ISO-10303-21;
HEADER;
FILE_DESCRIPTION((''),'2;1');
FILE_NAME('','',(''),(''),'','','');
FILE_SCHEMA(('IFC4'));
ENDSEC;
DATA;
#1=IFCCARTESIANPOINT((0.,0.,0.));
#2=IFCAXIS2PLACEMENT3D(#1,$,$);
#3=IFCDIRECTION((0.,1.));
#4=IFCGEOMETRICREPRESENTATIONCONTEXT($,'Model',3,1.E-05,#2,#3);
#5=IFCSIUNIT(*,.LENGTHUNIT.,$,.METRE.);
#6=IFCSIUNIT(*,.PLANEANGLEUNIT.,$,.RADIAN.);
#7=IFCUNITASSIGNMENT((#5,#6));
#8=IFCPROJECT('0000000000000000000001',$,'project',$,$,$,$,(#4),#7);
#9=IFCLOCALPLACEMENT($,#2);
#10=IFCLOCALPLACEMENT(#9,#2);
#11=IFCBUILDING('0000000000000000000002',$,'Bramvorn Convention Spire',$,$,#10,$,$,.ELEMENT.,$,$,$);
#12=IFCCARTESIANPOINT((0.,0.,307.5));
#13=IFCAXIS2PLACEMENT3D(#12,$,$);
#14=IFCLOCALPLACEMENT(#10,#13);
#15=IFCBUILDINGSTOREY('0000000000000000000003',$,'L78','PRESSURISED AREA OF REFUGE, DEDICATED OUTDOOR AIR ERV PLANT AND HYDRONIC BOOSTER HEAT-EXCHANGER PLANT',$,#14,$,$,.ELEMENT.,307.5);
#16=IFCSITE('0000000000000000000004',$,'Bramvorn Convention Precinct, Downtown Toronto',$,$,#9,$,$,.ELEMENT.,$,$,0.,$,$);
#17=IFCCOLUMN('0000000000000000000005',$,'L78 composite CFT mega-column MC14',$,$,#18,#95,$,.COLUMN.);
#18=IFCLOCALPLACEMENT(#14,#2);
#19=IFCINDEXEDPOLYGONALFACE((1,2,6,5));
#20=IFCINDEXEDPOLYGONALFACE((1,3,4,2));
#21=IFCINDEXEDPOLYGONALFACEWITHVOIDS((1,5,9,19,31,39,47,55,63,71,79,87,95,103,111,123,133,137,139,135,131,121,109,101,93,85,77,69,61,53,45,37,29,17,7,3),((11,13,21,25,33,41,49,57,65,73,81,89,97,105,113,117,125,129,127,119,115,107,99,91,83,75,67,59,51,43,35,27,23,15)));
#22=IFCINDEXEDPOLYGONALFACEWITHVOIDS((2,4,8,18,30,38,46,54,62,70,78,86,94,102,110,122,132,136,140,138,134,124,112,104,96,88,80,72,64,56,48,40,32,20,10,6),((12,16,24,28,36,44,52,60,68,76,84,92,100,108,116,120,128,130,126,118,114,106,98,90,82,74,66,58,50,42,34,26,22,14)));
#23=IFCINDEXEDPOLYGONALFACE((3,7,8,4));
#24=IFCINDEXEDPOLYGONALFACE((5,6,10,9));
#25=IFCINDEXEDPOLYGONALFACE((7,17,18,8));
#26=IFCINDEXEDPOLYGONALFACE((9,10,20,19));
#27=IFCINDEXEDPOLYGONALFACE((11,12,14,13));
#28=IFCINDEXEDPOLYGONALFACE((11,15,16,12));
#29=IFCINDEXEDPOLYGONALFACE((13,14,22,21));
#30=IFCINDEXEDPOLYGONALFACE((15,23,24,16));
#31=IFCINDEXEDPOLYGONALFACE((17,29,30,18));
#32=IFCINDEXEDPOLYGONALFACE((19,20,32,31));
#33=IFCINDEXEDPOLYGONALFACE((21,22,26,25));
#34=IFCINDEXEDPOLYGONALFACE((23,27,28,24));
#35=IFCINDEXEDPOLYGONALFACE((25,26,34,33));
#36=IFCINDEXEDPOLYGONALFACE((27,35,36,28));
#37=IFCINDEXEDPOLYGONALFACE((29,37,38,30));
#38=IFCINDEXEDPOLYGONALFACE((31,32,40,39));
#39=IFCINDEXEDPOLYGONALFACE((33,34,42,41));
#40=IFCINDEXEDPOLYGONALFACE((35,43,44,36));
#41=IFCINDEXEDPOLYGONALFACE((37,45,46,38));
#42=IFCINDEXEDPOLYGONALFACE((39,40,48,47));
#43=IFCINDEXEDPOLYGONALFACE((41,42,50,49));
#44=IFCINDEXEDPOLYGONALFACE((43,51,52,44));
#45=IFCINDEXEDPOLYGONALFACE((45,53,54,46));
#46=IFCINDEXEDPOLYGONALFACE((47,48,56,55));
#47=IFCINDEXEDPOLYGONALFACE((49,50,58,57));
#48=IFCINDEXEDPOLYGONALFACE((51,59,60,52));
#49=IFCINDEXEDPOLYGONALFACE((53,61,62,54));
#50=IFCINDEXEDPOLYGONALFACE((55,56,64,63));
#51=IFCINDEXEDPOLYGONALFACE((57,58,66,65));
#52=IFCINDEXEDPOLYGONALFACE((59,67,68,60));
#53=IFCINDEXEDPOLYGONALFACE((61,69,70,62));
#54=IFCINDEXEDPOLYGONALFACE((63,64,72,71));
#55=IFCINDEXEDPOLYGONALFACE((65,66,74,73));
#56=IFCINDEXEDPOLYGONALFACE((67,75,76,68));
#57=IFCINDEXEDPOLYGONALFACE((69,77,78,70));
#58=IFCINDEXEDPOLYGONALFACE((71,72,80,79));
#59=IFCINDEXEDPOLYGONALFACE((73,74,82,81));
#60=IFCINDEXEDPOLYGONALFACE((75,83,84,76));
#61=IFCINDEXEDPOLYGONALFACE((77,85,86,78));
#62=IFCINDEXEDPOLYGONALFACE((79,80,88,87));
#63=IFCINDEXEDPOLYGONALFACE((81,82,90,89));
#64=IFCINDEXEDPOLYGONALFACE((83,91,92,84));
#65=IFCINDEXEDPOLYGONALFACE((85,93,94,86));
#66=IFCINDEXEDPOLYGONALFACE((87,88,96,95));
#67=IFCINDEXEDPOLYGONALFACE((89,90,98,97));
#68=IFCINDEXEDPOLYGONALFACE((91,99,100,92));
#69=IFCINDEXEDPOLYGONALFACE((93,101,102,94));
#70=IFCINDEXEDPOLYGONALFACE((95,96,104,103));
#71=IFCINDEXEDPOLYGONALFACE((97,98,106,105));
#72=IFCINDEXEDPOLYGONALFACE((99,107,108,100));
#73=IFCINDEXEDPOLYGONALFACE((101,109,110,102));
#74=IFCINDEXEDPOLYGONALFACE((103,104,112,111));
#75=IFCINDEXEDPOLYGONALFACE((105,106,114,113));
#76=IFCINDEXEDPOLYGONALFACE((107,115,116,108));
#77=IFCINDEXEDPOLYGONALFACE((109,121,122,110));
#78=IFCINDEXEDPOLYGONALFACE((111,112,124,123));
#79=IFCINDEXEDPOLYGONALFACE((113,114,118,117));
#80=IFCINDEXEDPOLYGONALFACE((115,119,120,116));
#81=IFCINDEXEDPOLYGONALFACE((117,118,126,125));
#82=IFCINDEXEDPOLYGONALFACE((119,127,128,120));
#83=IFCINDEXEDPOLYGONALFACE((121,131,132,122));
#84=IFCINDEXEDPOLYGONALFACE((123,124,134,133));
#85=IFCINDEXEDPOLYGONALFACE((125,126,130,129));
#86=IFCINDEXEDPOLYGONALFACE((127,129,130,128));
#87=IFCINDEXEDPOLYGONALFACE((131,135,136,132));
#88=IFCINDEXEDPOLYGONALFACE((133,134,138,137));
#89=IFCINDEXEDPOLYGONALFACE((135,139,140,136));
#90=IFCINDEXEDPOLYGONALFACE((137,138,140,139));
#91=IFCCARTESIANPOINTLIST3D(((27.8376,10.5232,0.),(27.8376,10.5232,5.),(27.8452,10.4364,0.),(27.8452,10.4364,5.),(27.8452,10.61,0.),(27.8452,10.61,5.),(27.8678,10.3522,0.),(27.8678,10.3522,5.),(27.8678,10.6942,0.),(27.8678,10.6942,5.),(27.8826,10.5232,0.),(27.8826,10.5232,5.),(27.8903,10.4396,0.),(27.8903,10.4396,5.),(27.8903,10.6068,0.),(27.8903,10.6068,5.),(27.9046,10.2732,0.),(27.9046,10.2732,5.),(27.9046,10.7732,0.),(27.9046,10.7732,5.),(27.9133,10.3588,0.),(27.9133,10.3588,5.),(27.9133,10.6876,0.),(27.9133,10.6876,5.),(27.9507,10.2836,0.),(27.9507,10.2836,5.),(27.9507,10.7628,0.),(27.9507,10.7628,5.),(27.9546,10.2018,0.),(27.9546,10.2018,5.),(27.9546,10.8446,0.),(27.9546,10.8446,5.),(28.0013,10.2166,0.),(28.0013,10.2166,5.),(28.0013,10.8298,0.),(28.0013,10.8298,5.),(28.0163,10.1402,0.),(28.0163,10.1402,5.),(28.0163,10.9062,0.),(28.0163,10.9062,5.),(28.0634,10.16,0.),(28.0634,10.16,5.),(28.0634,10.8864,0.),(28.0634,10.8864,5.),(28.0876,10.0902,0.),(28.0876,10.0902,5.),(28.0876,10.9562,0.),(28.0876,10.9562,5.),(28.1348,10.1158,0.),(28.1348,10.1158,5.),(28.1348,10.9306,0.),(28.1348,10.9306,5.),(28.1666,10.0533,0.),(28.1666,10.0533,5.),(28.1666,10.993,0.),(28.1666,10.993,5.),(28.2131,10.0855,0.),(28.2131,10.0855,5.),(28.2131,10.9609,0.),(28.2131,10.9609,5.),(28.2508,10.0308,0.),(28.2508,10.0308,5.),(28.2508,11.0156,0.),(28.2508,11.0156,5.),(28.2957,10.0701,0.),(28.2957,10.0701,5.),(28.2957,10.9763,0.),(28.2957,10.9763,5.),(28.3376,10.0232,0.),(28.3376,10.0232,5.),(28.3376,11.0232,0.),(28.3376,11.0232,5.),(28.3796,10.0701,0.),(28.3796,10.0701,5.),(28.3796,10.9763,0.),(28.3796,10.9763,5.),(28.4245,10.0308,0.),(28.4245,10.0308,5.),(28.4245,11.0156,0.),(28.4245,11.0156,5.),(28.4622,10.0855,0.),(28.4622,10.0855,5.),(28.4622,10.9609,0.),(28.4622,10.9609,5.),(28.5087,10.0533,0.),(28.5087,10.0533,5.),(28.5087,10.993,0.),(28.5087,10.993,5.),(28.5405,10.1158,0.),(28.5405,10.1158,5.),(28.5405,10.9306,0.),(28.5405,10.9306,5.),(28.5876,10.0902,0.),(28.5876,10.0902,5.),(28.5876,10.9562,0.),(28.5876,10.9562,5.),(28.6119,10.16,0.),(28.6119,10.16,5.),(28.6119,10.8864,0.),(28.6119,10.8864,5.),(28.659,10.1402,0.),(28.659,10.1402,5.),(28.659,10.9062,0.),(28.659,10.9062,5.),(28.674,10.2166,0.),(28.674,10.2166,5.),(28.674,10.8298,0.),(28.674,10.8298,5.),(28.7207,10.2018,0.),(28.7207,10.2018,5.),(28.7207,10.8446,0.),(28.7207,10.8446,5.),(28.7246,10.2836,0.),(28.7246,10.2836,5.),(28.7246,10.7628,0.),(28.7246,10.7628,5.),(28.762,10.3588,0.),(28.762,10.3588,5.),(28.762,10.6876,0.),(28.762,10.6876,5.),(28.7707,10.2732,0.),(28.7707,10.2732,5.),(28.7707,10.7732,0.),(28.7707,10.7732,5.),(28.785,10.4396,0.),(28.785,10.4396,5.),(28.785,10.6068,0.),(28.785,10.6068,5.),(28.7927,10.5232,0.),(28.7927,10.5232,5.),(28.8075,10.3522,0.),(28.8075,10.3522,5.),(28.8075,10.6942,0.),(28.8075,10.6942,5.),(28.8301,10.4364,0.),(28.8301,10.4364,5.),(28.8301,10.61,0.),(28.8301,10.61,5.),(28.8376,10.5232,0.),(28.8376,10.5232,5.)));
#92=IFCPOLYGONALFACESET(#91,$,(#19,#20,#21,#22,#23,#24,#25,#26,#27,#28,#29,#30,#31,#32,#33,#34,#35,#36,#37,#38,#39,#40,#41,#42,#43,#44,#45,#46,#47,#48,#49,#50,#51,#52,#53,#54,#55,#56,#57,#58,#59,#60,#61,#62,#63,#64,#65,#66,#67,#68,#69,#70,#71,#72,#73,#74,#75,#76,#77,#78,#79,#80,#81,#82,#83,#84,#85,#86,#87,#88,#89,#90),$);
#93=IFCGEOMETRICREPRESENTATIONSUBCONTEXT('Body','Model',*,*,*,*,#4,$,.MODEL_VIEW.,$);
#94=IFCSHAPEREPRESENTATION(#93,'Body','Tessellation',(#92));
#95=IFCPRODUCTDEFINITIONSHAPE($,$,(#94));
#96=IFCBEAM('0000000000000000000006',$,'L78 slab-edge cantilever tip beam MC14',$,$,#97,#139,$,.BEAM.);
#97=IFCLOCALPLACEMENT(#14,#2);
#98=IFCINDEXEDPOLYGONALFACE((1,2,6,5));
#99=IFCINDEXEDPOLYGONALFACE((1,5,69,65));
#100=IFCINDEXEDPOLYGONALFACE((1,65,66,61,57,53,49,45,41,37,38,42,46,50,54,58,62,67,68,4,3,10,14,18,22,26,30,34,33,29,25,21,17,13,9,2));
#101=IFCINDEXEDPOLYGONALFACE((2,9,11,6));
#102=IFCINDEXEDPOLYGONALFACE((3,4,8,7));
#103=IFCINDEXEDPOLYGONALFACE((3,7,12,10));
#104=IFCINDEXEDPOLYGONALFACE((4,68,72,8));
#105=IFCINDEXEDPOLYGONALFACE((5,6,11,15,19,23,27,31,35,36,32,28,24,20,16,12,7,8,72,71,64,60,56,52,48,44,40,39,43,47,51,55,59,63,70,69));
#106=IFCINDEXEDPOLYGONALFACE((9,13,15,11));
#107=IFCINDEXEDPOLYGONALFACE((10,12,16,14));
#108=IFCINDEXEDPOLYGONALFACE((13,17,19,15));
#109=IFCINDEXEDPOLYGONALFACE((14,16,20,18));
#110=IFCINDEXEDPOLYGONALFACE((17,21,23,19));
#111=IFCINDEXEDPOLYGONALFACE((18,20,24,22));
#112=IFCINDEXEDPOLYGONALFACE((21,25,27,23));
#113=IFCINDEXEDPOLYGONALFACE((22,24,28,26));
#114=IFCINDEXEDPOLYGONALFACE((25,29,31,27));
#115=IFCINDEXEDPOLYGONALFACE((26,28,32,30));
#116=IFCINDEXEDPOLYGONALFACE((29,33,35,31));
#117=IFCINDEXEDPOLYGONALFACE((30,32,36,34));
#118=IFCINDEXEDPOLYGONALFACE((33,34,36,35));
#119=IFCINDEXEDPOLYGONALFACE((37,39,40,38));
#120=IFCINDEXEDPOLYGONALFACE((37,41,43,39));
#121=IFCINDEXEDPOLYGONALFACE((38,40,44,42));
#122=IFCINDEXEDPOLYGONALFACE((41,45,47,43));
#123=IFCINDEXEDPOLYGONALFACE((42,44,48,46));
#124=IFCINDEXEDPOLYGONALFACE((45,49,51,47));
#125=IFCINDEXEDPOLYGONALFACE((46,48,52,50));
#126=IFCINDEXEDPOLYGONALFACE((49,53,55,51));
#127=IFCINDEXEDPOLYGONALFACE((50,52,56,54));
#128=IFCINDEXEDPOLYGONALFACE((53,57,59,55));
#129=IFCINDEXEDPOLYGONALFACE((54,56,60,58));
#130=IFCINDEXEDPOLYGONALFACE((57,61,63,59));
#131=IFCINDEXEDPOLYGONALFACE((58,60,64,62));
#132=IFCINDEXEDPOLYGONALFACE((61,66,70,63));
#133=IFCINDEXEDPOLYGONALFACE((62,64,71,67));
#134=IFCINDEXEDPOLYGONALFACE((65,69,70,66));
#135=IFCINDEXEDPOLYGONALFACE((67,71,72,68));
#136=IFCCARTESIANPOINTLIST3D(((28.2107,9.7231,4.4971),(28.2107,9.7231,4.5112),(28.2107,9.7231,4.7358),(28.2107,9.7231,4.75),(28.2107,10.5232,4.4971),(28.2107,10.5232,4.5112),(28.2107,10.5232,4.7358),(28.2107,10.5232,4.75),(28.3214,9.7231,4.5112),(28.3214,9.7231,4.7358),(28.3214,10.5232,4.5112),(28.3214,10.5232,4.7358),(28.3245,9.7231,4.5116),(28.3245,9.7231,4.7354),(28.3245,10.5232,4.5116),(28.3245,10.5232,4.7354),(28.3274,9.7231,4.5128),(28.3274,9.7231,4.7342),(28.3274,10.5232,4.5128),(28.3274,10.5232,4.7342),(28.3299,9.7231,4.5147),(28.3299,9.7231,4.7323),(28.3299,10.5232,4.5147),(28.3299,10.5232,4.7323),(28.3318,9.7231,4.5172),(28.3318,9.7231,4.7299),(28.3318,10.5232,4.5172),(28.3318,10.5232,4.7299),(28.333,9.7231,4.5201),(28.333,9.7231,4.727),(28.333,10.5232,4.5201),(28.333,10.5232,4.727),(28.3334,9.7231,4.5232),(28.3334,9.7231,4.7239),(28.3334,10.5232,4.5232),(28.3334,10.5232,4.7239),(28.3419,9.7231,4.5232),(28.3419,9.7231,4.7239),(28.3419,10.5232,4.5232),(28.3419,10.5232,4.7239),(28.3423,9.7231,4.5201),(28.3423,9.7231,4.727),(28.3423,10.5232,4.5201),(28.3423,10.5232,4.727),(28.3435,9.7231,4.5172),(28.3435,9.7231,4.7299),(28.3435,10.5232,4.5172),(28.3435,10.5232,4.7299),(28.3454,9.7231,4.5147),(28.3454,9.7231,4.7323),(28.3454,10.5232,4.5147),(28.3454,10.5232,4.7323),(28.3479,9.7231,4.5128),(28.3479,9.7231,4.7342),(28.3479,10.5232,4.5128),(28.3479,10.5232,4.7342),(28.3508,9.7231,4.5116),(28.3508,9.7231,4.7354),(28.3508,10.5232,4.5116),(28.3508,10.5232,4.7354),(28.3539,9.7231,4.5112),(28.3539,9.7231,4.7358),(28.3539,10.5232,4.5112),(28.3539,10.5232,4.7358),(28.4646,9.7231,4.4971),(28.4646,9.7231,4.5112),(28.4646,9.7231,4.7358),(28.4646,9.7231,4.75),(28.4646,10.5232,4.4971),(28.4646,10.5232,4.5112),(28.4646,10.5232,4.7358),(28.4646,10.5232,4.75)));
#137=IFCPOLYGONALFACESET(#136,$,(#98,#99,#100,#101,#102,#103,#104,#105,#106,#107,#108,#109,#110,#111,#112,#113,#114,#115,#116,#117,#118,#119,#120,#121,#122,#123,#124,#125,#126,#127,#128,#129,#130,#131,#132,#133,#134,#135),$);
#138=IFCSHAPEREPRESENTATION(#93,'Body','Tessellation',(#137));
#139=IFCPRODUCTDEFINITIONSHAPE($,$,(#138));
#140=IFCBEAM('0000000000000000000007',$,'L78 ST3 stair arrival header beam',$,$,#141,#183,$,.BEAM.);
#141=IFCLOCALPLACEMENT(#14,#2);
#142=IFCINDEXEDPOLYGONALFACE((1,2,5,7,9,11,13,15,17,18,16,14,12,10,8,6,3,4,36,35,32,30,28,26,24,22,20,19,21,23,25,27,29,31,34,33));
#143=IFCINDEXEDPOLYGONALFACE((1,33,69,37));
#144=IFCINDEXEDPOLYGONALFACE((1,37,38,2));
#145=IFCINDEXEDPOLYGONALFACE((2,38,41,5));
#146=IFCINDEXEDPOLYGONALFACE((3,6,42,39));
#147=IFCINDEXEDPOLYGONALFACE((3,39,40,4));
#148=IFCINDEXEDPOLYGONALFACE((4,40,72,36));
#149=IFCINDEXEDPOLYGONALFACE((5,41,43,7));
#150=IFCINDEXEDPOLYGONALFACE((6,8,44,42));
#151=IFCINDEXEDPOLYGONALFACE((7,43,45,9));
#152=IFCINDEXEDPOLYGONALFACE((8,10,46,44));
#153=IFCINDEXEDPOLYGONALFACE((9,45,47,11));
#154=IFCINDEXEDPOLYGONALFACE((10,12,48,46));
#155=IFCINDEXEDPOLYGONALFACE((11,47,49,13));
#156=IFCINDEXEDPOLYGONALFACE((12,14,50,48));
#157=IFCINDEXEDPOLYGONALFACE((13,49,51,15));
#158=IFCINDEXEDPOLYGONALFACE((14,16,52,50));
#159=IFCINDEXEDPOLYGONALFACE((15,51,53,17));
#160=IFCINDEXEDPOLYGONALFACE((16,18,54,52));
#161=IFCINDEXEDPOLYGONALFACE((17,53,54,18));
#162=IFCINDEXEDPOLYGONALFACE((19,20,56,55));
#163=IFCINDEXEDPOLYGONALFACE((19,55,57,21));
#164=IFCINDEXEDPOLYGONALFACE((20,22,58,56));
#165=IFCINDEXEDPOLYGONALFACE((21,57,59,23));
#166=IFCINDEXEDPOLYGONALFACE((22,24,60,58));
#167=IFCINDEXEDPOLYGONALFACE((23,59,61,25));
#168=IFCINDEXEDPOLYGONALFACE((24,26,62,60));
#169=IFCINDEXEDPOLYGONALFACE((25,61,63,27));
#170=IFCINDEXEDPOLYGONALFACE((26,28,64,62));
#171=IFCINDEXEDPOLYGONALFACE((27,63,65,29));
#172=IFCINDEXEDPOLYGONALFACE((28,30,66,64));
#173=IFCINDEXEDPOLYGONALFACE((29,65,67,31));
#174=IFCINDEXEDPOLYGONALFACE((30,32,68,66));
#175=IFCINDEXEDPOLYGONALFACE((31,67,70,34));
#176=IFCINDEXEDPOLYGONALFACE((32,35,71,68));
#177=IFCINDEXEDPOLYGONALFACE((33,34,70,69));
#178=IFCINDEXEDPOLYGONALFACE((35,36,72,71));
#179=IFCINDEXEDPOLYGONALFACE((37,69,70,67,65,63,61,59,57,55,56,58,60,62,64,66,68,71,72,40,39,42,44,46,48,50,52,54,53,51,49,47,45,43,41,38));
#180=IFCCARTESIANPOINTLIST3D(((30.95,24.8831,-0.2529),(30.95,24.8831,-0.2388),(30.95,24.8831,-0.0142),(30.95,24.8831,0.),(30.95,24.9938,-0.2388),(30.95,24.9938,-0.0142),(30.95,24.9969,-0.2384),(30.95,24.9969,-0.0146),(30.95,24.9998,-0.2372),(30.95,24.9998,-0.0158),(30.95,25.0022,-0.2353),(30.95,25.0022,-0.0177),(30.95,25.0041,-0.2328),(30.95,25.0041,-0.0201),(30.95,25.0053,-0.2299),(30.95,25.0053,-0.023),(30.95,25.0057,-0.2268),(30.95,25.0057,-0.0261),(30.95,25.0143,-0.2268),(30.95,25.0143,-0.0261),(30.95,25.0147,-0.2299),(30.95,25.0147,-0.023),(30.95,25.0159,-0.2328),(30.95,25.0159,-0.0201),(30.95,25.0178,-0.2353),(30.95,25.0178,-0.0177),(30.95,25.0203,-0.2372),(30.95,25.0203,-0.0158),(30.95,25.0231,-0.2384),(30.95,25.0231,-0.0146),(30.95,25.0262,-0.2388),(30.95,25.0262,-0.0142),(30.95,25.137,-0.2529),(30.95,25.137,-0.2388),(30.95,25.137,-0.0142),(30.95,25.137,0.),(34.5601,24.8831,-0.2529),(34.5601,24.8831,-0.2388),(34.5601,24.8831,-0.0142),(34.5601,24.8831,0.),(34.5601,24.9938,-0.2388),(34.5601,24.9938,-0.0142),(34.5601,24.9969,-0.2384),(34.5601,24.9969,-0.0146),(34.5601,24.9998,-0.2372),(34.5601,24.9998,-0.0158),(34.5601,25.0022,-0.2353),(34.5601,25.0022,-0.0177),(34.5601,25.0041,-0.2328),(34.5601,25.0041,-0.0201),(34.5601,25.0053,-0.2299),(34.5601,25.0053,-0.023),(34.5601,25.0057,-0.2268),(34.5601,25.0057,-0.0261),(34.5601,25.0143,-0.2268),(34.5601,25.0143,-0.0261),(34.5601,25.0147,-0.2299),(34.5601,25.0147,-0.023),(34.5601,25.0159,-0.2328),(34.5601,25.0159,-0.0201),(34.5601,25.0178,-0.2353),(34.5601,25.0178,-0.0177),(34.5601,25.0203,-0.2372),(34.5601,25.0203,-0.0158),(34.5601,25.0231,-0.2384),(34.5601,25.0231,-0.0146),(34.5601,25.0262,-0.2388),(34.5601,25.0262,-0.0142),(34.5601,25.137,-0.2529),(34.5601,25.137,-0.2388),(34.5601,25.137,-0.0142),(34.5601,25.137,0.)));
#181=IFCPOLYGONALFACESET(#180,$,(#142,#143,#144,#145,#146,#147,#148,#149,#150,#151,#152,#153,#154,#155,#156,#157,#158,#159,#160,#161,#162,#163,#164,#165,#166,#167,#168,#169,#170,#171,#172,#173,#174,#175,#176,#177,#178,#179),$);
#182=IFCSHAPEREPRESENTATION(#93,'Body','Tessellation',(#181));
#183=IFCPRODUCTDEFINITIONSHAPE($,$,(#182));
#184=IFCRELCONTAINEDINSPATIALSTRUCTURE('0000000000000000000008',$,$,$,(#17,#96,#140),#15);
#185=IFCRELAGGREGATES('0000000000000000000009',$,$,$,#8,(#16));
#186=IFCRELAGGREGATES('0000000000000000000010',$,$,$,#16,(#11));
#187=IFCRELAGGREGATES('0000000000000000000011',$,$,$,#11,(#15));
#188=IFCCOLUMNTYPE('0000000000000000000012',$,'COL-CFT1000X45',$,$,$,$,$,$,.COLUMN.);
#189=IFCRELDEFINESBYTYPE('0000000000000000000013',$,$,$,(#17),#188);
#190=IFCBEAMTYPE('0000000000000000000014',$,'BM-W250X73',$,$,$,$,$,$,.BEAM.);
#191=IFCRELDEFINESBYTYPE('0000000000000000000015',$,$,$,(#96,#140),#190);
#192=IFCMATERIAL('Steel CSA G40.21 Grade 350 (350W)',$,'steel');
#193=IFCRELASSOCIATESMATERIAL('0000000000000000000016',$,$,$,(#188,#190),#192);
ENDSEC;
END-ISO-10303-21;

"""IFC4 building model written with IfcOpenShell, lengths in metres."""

from ifc_helpers import new_model, si_unit, direction, frame, origin, origin_2d, place, context, subcontext, project, spatial, hollow_circle, i_section, extrude, material, material_profile, profile_set, type_object, element, save


model = new_model("IFC4")

# Units and contexts
model_context = context("Model", 3, precision=1e-05, world=origin(), true_north=direction((0.0, 1.0)))
body_context = subcontext(model_context, "Body", "Model", "MODEL_VIEW")
ifc_project = project(units=[si_unit("LENGTHUNIT", "METRE"), si_unit("PLANEANGLEUNIT", "RADIAN")], contexts=[model_context])

# Site, building, storey
site_placement = place(None, origin())
site = spatial("IfcSite", under=ifc_project, at=site_placement, Name="Bramvorn Convention Precinct, Downtown Toronto", CompositionType="ELEMENT", RefElevation=0.0)
building_placement = place(site_placement, origin())
building = spatial("IfcBuilding", under=site, at=building_placement, Name="Bramvorn Convention Spire", CompositionType="ELEMENT")
storey_placement = place(building_placement, frame((0.0, 0.0, 307.5)))
storey = spatial("IfcBuildingStorey", under=building, at=storey_placement, Name="L78", Description="PRESSURISED AREA OF REFUGE, DEDICATED OUTDOOR AIR ERV PLANT AND HYDRONIC BOOSTER HEAT-EXCHANGER PLANT", CompositionType="ELEMENT", Elevation=307.5)

# Column
ifc_material_1 = material(Name="Steel CSA G40.21 Grade 350 (350W)", Category="steel")
ifc_material_profile_1 = material_profile(ifc_material_1, hollow_circle(Radius=0.5, WallThickness=0.0449, at=origin_2d()))
ifc_profile_set_1 = profile_set([ifc_material_profile_1], Name="Steel CSA G40.21 Grade 350 (350W) - CFT1000X45")
column_type = type_object("IfcColumnType", Name="COL-CFT1000X45", PredefinedType="COLUMN", material=ifc_profile_set_1)
column_placement = place(storey_placement, frame((28.3376, 10.5232, 0.0), z_axis=(0.0, 0.0, 1.0), x_axis=(1.0, 0.0, 0.0)))
element("IfcColumn", 1, at=column_placement, inside=storey, type_object=column_type, Name="L78 composite CFT mega-column MC14", PredefinedType="COLUMN", context=body_context, shape_type="SweptSolid", body=[
    extrude(hollow_circle(Radius=0.5, WallThickness=0.0449, at=origin_2d()), origin(), (0.0, 0.0, 1.0), 5.0),
])

# Beams
ifc_material_profile_2 = material_profile(ifc_material_1, i_section(OverallWidth=0.2539, OverallDepth=0.2529, WebThickness=0.0085, FlangeThickness=0.0142, FilletRadius=0.012, at=origin_2d()))
ifc_profile_set_2 = profile_set([ifc_material_profile_2], Name="Steel CSA G40.21 Grade 350 (350W) - W250X73")
beam_type_1 = type_object("IfcBeamType", Name="BM-W250X73", PredefinedType="BEAM", material=ifc_profile_set_2)
beam_1_placement = place(storey_placement, frame((28.3376, 10.5232, 4.6235), z_axis=(0.0, -1.0, 0.0), x_axis=(1.0, 0.0, 0.0)))
element("IfcBeam", 2, at=beam_1_placement, inside=storey, type_object=beam_type_1, Name="L78 slab-edge cantilever tip beam MC14", PredefinedType="BEAM", context=body_context, shape_type="SweptSolid", body=[
    extrude(i_section(OverallWidth=0.2539, OverallDepth=0.2529, WebThickness=0.0085, FlangeThickness=0.0142, FilletRadius=0.012, at=origin_2d()), origin(), (0.0, 0.0, 1.0), 0.8),
])
beam_2_placement = place(storey_placement, frame((30.95, 25.01, -0.1265), z_axis=(1.0, 0.0, 0.0), x_axis=(0.0, 1.0, 0.0)))
element("IfcBeam", 3, at=beam_2_placement, inside=storey, type_object=beam_type_1, Name="L78 ST3 stair arrival header beam", PredefinedType="BEAM", context=body_context, shape_type="SweptSolid", body=[
    extrude(i_section(OverallWidth=0.2539, OverallDepth=0.2529, WebThickness=0.0085, FlangeThickness=0.0142, FilletRadius=0.012, at=origin_2d()), origin(), (0.0, 0.0, 1.0), 3.6101),
])

save(model, "model.ifc")
